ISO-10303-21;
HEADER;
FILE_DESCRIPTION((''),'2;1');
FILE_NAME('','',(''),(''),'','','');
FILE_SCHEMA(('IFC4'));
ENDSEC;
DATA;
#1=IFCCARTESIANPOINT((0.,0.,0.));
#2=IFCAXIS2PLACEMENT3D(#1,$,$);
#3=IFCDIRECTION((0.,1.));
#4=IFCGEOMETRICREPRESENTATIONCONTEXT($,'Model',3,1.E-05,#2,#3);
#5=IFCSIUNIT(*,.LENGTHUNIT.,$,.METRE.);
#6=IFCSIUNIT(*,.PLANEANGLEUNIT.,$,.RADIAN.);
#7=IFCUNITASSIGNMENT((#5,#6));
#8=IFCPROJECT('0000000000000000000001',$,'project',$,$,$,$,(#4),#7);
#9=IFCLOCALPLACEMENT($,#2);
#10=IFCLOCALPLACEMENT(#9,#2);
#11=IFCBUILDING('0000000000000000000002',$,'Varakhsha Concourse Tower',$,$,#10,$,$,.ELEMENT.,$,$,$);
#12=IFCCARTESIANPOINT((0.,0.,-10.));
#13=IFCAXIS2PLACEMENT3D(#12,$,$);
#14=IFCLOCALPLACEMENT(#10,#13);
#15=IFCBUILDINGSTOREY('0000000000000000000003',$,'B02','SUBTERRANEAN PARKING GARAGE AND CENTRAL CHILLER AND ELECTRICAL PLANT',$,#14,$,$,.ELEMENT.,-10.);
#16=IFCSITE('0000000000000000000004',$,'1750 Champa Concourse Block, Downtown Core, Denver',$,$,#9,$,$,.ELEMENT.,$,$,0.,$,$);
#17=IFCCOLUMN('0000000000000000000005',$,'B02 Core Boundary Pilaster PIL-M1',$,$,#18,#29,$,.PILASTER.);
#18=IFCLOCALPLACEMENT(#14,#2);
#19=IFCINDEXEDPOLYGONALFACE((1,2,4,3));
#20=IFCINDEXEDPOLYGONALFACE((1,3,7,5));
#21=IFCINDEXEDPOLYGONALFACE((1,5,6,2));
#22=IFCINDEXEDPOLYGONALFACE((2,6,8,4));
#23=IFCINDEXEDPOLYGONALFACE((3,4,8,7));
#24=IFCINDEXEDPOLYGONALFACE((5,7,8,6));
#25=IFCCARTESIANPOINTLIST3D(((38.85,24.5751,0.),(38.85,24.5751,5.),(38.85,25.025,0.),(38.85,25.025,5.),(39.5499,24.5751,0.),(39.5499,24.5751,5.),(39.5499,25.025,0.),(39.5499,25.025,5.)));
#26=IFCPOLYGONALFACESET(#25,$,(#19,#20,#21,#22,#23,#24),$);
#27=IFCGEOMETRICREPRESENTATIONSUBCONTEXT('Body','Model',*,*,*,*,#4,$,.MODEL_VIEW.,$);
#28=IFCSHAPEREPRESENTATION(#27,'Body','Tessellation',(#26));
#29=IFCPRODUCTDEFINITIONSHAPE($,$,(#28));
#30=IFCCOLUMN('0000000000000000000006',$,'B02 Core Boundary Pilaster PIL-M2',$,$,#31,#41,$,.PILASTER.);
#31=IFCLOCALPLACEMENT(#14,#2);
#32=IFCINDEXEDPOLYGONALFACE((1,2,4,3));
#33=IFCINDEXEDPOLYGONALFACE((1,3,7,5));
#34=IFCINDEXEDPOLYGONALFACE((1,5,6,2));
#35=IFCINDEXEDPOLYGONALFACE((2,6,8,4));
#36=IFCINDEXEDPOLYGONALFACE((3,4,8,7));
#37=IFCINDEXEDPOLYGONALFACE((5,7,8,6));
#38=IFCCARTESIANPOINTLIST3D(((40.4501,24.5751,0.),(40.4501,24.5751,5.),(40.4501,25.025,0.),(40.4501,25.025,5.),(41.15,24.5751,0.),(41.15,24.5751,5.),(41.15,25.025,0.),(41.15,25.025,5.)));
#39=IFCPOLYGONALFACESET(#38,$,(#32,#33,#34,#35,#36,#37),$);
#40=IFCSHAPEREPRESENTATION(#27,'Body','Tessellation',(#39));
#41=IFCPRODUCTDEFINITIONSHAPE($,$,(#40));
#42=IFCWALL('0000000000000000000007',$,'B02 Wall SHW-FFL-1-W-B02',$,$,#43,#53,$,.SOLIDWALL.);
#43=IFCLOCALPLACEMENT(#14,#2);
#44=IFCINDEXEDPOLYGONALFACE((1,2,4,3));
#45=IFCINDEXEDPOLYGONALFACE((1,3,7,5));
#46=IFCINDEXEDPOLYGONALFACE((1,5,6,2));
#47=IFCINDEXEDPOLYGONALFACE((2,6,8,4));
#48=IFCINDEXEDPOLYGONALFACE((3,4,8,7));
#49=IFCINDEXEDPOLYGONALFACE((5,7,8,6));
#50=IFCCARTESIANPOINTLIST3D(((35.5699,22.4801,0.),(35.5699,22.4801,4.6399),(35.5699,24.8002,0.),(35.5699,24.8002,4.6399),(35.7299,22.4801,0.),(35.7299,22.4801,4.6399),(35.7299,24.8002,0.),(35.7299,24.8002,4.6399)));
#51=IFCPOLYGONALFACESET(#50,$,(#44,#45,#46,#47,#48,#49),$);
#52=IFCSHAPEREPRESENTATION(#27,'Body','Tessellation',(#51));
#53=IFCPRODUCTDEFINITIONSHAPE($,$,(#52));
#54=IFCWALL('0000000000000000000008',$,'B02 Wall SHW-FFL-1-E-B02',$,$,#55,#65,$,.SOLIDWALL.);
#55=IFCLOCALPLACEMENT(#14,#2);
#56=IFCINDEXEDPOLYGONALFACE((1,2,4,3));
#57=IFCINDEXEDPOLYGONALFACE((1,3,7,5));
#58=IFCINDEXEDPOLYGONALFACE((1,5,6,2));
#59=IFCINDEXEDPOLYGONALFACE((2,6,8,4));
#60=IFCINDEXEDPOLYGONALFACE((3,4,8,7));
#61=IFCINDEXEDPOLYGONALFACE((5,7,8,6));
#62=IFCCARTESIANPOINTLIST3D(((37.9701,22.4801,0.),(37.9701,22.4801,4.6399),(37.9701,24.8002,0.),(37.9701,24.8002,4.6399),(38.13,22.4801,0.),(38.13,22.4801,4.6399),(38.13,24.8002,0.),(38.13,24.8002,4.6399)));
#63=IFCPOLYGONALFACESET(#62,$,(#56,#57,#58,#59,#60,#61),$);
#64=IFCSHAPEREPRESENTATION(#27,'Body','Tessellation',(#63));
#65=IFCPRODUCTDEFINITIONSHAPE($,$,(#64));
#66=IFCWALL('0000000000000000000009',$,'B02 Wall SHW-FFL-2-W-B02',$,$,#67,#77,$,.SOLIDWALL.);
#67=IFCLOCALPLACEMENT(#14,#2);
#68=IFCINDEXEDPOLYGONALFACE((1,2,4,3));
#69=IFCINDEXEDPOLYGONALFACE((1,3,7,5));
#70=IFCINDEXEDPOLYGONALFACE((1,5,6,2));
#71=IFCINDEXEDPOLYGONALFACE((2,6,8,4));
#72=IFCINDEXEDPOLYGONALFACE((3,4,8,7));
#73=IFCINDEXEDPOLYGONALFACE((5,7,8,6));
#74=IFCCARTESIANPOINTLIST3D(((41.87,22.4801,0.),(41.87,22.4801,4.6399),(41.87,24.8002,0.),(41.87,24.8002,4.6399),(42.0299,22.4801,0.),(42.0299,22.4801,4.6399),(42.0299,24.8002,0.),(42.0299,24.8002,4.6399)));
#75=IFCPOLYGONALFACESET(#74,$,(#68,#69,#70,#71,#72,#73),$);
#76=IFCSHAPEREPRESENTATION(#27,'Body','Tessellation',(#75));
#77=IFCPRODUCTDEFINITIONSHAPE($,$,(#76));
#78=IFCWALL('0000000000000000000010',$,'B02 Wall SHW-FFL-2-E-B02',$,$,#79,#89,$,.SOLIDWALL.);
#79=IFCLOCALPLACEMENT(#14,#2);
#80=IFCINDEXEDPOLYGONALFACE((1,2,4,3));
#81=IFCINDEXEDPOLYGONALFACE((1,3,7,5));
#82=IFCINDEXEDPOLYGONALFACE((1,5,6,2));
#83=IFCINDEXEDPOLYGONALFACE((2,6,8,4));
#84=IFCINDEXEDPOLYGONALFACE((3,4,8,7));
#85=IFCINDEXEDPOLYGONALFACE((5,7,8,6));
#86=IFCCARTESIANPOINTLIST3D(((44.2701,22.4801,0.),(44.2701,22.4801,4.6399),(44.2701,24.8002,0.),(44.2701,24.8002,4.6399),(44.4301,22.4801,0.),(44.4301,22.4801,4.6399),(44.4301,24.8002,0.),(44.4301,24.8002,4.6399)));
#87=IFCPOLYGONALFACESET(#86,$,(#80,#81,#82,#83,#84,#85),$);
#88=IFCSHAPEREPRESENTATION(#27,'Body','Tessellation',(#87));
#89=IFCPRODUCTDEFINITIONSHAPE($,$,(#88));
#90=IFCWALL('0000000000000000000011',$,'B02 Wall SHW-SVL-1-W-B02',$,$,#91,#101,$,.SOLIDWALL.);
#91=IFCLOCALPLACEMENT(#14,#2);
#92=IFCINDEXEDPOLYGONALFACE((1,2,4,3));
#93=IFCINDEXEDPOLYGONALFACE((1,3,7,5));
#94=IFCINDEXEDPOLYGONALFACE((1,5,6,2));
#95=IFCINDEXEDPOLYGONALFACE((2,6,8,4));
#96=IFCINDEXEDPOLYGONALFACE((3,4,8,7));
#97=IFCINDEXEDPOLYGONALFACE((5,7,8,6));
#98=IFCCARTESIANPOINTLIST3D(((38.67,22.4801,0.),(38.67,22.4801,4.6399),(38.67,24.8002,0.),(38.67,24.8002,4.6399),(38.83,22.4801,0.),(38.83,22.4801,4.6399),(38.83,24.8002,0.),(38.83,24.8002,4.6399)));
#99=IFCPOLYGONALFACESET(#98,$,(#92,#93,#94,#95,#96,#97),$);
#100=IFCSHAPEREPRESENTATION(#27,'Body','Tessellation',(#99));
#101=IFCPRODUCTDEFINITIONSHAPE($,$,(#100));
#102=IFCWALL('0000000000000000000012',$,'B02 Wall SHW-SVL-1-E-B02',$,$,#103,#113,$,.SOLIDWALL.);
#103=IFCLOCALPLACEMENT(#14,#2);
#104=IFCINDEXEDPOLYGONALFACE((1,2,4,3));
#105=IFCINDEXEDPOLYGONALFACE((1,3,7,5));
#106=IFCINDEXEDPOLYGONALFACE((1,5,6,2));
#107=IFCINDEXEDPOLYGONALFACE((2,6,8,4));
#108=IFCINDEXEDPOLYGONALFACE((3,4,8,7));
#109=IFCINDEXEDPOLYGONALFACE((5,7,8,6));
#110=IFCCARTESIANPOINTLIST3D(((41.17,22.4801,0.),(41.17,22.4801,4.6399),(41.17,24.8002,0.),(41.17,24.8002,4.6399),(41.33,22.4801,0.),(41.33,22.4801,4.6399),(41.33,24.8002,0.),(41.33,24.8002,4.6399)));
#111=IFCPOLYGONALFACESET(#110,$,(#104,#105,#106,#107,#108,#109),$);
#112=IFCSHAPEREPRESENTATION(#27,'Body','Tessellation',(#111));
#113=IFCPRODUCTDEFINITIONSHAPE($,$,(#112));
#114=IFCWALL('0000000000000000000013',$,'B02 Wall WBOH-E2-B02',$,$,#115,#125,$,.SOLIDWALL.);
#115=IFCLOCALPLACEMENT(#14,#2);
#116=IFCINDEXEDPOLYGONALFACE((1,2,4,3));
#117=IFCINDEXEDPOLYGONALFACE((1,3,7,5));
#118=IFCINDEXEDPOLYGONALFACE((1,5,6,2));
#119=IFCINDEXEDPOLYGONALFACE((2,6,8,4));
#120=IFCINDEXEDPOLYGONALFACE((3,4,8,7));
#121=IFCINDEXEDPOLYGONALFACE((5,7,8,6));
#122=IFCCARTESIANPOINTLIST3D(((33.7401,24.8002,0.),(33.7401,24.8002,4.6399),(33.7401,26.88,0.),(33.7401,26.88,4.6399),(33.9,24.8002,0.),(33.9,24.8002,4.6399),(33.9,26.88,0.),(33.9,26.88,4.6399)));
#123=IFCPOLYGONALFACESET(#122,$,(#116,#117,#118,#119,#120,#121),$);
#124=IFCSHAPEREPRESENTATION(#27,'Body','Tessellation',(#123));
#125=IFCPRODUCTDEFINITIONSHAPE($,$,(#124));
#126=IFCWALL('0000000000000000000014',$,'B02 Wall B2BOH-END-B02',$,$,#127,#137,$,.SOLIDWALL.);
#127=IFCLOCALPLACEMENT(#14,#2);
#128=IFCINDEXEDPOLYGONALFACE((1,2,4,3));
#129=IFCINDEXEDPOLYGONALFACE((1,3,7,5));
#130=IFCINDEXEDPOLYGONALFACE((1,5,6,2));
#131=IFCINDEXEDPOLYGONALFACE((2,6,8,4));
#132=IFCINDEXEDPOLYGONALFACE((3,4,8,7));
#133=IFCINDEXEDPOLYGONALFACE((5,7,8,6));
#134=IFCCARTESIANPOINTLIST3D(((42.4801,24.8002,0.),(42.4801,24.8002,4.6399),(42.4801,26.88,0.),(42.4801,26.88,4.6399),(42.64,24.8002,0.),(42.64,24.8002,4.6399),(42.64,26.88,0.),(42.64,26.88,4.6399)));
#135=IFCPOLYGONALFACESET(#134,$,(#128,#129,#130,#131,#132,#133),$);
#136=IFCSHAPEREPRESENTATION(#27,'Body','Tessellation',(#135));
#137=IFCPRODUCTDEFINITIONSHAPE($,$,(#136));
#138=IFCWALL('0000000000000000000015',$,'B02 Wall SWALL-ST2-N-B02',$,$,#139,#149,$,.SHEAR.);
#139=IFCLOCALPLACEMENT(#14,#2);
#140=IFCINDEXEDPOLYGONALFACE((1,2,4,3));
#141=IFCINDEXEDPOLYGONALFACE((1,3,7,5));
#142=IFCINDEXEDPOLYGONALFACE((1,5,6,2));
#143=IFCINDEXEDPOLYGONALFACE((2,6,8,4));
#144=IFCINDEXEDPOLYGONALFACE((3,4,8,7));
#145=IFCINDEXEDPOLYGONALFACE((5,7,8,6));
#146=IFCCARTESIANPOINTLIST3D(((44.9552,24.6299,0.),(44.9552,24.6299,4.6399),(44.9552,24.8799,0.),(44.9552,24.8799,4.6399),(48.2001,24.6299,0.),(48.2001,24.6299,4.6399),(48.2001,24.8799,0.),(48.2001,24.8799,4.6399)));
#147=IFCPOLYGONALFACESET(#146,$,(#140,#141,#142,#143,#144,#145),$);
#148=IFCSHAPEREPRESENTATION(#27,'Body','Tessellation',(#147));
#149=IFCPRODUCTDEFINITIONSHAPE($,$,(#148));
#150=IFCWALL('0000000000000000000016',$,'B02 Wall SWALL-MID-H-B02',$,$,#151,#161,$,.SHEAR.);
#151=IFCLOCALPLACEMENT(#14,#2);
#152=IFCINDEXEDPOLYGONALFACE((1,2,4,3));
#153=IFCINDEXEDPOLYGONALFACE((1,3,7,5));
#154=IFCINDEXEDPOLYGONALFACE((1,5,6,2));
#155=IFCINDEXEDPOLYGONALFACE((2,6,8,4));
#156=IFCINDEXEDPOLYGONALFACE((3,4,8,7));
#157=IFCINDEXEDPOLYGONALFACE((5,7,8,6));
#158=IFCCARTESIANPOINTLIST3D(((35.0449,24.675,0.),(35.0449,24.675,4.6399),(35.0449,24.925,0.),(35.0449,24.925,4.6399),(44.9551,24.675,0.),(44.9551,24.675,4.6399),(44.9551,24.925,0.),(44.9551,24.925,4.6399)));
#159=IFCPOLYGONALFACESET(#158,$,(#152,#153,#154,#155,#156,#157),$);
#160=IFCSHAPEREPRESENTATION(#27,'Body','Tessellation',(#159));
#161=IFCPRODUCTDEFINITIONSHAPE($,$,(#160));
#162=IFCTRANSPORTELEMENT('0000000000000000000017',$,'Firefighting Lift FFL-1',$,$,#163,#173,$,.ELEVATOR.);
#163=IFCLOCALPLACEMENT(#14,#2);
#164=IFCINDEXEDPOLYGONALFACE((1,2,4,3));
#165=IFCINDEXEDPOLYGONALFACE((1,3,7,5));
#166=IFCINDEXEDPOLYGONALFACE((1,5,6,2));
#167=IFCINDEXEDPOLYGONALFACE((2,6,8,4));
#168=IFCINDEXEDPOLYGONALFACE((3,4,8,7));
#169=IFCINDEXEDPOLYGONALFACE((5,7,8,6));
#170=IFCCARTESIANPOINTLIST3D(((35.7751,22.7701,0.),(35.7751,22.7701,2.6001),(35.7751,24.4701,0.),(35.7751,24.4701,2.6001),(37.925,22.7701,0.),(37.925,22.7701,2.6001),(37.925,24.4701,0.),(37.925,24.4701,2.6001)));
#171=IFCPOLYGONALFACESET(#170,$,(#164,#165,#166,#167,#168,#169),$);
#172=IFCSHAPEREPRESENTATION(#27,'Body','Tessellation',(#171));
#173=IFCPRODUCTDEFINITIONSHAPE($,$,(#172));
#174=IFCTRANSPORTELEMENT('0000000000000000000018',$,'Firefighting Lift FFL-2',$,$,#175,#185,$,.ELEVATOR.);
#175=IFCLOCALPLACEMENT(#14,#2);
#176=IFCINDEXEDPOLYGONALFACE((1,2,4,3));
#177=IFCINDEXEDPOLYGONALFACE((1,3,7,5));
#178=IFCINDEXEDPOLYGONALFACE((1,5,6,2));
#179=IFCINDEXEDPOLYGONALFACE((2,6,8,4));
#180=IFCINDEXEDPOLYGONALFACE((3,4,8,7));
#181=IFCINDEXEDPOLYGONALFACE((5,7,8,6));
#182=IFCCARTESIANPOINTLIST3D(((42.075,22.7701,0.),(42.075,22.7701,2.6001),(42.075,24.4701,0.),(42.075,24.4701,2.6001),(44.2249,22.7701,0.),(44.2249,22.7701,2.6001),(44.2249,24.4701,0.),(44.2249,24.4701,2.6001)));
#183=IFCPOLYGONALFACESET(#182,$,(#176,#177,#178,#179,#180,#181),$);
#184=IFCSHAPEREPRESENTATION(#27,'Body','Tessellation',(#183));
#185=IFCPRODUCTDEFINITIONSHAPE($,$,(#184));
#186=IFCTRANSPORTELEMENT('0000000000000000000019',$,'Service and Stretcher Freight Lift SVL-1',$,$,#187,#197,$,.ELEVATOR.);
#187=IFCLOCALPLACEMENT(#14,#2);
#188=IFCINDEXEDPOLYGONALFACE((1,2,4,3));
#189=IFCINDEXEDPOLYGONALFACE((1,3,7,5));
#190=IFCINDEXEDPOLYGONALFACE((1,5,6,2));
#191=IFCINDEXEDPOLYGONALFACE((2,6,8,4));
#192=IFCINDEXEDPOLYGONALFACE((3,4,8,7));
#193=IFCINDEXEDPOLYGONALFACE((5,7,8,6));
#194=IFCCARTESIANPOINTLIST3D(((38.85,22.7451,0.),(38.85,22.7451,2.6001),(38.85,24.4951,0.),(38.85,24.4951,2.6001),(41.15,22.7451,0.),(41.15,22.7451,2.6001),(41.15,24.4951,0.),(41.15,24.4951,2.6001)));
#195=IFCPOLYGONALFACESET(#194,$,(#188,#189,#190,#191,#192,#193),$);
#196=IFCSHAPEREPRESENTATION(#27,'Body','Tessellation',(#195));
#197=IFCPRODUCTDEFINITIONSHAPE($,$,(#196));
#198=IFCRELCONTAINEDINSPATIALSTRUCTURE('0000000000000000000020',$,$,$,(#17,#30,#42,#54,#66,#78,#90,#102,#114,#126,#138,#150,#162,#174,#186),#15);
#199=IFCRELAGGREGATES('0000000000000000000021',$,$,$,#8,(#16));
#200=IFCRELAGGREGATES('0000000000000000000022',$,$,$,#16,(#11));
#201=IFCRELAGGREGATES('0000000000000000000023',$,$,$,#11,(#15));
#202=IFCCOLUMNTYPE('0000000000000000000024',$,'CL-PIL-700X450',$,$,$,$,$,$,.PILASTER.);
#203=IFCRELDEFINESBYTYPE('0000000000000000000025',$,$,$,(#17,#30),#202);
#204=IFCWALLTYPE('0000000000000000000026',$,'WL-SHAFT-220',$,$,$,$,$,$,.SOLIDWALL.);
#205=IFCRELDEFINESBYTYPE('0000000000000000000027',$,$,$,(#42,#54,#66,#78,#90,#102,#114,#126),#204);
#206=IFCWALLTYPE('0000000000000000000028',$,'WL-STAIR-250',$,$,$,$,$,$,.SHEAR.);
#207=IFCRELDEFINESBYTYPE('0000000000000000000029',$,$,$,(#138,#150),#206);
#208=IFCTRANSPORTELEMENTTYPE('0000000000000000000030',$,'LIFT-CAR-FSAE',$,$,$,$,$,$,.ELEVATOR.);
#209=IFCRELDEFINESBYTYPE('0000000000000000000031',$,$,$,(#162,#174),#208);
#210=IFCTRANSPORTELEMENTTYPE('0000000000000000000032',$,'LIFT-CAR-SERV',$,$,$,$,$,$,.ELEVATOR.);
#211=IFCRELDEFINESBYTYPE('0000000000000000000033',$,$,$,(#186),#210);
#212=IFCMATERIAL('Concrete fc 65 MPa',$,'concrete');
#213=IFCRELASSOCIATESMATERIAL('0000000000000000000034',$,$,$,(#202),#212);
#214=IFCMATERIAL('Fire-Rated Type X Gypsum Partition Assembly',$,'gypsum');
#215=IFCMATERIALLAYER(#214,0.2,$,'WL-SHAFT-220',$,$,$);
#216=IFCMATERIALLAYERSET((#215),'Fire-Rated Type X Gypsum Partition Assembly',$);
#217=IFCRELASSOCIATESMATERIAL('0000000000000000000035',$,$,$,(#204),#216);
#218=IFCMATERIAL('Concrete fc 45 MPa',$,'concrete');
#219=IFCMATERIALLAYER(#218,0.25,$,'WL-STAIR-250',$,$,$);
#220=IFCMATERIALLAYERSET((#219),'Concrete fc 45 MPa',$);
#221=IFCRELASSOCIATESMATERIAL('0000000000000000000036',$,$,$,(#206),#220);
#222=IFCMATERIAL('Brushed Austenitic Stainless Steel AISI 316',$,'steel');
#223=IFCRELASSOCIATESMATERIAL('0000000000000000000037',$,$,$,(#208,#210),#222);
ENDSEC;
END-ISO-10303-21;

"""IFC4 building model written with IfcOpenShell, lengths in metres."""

from ifc_helpers import new_model, si_unit, direction, frame, frame_2d, origin, origin_2d, place, context, subcontext, project, spatial, rectangle, extrude, material, layer, layer_set, material_profile, profile_set, type_object, element, save


model = new_model("IFC4")

# Units and contexts
model_context = context("Model", 3, precision=1e-05, world=origin(), true_north=direction((0.0, 1.0)))
body_context = subcontext(model_context, "Body", "Model", "MODEL_VIEW")
ifc_project = project(units=[si_unit("LENGTHUNIT", "METRE"), si_unit("PLANEANGLEUNIT", "RADIAN")], contexts=[model_context])

# Site, building, storey
site_placement = place(None, origin())
site = spatial("IfcSite", under=ifc_project, at=site_placement, Name="1750 Champa Concourse Block, Downtown Core, Denver", CompositionType="ELEMENT", RefElevation=0.0)
building_placement = place(site_placement, origin())
building = spatial("IfcBuilding", under=site, at=building_placement, Name="Varakhsha Concourse Tower", CompositionType="ELEMENT")
storey_placement = place(building_placement, frame((0.0, 0.0, -10.0)))
storey = spatial("IfcBuildingStorey", under=building, at=storey_placement, Name="B02", Description="SUBTERRANEAN PARKING GARAGE AND CENTRAL CHILLER AND ELECTRICAL PLANT", CompositionType="ELEMENT", Elevation=-10.0)

# Columns
ifc_material_1 = material(Name="Concrete fc 65 MPa", Category="concrete")
ifc_material_profile = material_profile(ifc_material_1, rectangle(XDim=0.7, YDim=0.45, at=origin_2d()), Name="RC 700x450")
ifc_profile_set = profile_set([ifc_material_profile], Name="Concrete fc 65 MPa")
column_type = type_object("IfcColumnType", Name="CL-PIL-700X450", PredefinedType="PILASTER", material=ifc_profile_set)
for number, where, z_axis, x_axis, name in (
    (1, (39.2, 24.8, 0.0), (0.0, 0.0, 1.0), (1.0, 0.0, 0.0), "B02 Core Boundary Pilaster PIL-M1"),
    (2, (40.8, 24.8, 0.0), (0.0, 0.0, 1.0), (1.0, 0.0, 0.0), "B02 Core Boundary Pilaster PIL-M2"),
):
    element("IfcColumn", number, at=place(storey_placement, frame(where, z_axis=z_axis, x_axis=x_axis)), inside=storey, type_object=column_type, Name=name, PredefinedType="PILASTER", context=body_context, shape_type="SweptSolid", body=[
        extrude(rectangle(XDim=0.7, YDim=0.45, at=origin_2d()), origin(), (0.0, 0.0, 1.0), 5.0),
    ])

# Shared definitions
ifc_material_2 = material(Name="Fire-Rated Type X Gypsum Partition Assembly", Category="gypsum")
ifc_layer_1 = layer(ifc_material_2, 0.2, Name="WL-SHAFT-220")
ifc_layer_set_1 = layer_set([ifc_layer_1], Name="Fire-Rated Type X Gypsum Partition Assembly")
wall_type_1 = type_object("IfcWallType", Name="WL-SHAFT-220", PredefinedType="SOLIDWALL", material=ifc_layer_set_1)
ifc_material_3 = material(Name="Brushed Austenitic Stainless Steel AISI 316", Category="steel")

# Walls
for number, where, z_axis, x_axis, name in (
    (3, (35.6499, 22.48, 0.0), (0.0, 0.0, 1.0), (0.0, 1.0, 0.0), "B02 Wall SHW-FFL-1-W-B02"),
    (4, (38.05, 22.48, 0.0), (0.0, 0.0, 1.0), (0.0, 1.0, 0.0), "B02 Wall SHW-FFL-1-E-B02"),
    (5, (41.95, 22.48, 0.0), (0.0, 0.0, 1.0), (0.0, 1.0, 0.0), "B02 Wall SHW-FFL-2-W-B02"),
    (6, (44.3501, 22.48, 0.0), (0.0, 0.0, 1.0), (0.0, 1.0, 0.0), "B02 Wall SHW-FFL-2-E-B02"),
    (7, (38.75, 22.48, 0.0), (0.0, 0.0, 1.0), (0.0, 1.0, 0.0), "B02 Wall SHW-SVL-1-W-B02"),
    (8, (41.25, 22.48, 0.0), (0.0, 0.0, 1.0), (0.0, 1.0, 0.0), "B02 Wall SHW-SVL-1-E-B02"),
):
    element("IfcWall", number, at=place(storey_placement, frame(where, z_axis=z_axis, x_axis=x_axis)), inside=storey, type_object=wall_type_1, Name=name, PredefinedType="SOLIDWALL", context=body_context, shape_type="SweptSolid", body=[
        extrude(rectangle(XDim=2.3201, YDim=0.1599, at=frame_2d((1.1602, 0.0))), origin(), (0.0, 0.0, 1.0), 4.6399),
    ])
for number, where, z_axis, x_axis, name in (
    (9, (33.8201, 24.8, 0.0), (0.0, 0.0, 1.0), (0.0, 1.0, 0.0), "B02 Wall WBOH-E2-B02"),
    (10, (42.5601, 24.8, 0.0), (0.0, 0.0, 1.0), (0.0, 1.0, 0.0), "B02 Wall B2BOH-END-B02"),
):
    element("IfcWall", number, at=place(storey_placement, frame(where, z_axis=z_axis, x_axis=x_axis)), inside=storey, type_object=wall_type_1, Name=name, PredefinedType="SOLIDWALL", context=body_context, shape_type="SweptSolid", body=[
        extrude(rectangle(XDim=2.0798, YDim=0.1599, at=frame_2d((1.04, 0.0))), origin(), (0.0, 0.0, 1.0), 4.6399),
    ])
ifc_material_4 = material(Name="Concrete fc 45 MPa", Category="concrete")
ifc_layer_2 = layer(ifc_material_4, 0.25, Name="WL-STAIR-250")
ifc_layer_set_2 = layer_set([ifc_layer_2], Name="Concrete fc 45 MPa")
wall_type_2 = type_object("IfcWallType", Name="WL-STAIR-250", PredefinedType="SHEAR", material=ifc_layer_set_2)
wall_1_placement = place(storey_placement, frame((44.9551, 24.7549, 0.0), z_axis=(0.0, 0.0, 1.0), x_axis=(1.0, 0.0, 0.0)))
element("IfcWall", 11, at=wall_1_placement, inside=storey, type_object=wall_type_2, Name="B02 Wall SWALL-ST2-N-B02", PredefinedType="SHEAR", context=body_context, shape_type="SweptSolid", body=[
    extrude(rectangle(XDim=3.2449, YDim=0.25, at=frame_2d((1.6226, 0.0))), origin(), (0.0, 0.0, 1.0), 4.6399),
])
wall_2_placement = place(storey_placement, frame((35.0449, 24.8, 0.0), z_axis=(0.0, 0.0, 1.0), x_axis=(1.0, 0.0, 0.0)))
element("IfcWall", 12, at=wall_2_placement, inside=storey, type_object=wall_type_2, Name="B02 Wall SWALL-MID-H-B02", PredefinedType="SHEAR", context=body_context, shape_type="SweptSolid", body=[
    extrude(rectangle(XDim=9.9102, YDim=0.25, at=frame_2d((4.9551, 0.0))), origin(), (0.0, 0.0, 1.0), 4.6399),
])

# Transport elements
transport_element_type_1 = type_object("IfcTransportElementType", Name="LIFT-CAR-FSAE", PredefinedType="ELEVATOR", material=ifc_material_3)
for number, where, z_axis, x_axis, name in (
    (13, (36.8501, 23.6201, 0.0), (0.0, 0.0, 1.0), (1.0, 0.0, 0.0), "Firefighting Lift FFL-1"),
    (14, (43.1499, 23.6201, 0.0), (0.0, 0.0, 1.0), (1.0, 0.0, 0.0), "Firefighting Lift FFL-2"),
):
    element("IfcTransportElement", number, at=place(storey_placement, frame(where, z_axis=z_axis, x_axis=x_axis)), inside=storey, type_object=transport_element_type_1, Name=name, PredefinedType="ELEVATOR", context=body_context, shape_type="SweptSolid", body=[
        extrude(rectangle(XDim=2.1499, YDim=1.7, at=origin_2d()), origin(), (0.0, 0.0, 1.0), 2.6001),
    ])
transport_element_type_2 = type_object("IfcTransportElementType", Name="LIFT-CAR-SERV", PredefinedType="ELEVATOR", material=ifc_material_3)
transport_element_placement = place(storey_placement, frame((40.0, 23.6201, 0.0), z_axis=(0.0, 0.0, 1.0), x_axis=(1.0, 0.0, 0.0)))
element("IfcTransportElement", 15, at=transport_element_placement, inside=storey, type_object=transport_element_type_2, Name="Service and Stretcher Freight Lift SVL-1", PredefinedType="ELEVATOR", context=body_context, shape_type="SweptSolid", body=[
    extrude(rectangle(XDim=2.3, YDim=1.75, at=origin_2d()), origin(), (0.0, 0.0, 1.0), 2.6001),
])

save(model, "model.ifc")
